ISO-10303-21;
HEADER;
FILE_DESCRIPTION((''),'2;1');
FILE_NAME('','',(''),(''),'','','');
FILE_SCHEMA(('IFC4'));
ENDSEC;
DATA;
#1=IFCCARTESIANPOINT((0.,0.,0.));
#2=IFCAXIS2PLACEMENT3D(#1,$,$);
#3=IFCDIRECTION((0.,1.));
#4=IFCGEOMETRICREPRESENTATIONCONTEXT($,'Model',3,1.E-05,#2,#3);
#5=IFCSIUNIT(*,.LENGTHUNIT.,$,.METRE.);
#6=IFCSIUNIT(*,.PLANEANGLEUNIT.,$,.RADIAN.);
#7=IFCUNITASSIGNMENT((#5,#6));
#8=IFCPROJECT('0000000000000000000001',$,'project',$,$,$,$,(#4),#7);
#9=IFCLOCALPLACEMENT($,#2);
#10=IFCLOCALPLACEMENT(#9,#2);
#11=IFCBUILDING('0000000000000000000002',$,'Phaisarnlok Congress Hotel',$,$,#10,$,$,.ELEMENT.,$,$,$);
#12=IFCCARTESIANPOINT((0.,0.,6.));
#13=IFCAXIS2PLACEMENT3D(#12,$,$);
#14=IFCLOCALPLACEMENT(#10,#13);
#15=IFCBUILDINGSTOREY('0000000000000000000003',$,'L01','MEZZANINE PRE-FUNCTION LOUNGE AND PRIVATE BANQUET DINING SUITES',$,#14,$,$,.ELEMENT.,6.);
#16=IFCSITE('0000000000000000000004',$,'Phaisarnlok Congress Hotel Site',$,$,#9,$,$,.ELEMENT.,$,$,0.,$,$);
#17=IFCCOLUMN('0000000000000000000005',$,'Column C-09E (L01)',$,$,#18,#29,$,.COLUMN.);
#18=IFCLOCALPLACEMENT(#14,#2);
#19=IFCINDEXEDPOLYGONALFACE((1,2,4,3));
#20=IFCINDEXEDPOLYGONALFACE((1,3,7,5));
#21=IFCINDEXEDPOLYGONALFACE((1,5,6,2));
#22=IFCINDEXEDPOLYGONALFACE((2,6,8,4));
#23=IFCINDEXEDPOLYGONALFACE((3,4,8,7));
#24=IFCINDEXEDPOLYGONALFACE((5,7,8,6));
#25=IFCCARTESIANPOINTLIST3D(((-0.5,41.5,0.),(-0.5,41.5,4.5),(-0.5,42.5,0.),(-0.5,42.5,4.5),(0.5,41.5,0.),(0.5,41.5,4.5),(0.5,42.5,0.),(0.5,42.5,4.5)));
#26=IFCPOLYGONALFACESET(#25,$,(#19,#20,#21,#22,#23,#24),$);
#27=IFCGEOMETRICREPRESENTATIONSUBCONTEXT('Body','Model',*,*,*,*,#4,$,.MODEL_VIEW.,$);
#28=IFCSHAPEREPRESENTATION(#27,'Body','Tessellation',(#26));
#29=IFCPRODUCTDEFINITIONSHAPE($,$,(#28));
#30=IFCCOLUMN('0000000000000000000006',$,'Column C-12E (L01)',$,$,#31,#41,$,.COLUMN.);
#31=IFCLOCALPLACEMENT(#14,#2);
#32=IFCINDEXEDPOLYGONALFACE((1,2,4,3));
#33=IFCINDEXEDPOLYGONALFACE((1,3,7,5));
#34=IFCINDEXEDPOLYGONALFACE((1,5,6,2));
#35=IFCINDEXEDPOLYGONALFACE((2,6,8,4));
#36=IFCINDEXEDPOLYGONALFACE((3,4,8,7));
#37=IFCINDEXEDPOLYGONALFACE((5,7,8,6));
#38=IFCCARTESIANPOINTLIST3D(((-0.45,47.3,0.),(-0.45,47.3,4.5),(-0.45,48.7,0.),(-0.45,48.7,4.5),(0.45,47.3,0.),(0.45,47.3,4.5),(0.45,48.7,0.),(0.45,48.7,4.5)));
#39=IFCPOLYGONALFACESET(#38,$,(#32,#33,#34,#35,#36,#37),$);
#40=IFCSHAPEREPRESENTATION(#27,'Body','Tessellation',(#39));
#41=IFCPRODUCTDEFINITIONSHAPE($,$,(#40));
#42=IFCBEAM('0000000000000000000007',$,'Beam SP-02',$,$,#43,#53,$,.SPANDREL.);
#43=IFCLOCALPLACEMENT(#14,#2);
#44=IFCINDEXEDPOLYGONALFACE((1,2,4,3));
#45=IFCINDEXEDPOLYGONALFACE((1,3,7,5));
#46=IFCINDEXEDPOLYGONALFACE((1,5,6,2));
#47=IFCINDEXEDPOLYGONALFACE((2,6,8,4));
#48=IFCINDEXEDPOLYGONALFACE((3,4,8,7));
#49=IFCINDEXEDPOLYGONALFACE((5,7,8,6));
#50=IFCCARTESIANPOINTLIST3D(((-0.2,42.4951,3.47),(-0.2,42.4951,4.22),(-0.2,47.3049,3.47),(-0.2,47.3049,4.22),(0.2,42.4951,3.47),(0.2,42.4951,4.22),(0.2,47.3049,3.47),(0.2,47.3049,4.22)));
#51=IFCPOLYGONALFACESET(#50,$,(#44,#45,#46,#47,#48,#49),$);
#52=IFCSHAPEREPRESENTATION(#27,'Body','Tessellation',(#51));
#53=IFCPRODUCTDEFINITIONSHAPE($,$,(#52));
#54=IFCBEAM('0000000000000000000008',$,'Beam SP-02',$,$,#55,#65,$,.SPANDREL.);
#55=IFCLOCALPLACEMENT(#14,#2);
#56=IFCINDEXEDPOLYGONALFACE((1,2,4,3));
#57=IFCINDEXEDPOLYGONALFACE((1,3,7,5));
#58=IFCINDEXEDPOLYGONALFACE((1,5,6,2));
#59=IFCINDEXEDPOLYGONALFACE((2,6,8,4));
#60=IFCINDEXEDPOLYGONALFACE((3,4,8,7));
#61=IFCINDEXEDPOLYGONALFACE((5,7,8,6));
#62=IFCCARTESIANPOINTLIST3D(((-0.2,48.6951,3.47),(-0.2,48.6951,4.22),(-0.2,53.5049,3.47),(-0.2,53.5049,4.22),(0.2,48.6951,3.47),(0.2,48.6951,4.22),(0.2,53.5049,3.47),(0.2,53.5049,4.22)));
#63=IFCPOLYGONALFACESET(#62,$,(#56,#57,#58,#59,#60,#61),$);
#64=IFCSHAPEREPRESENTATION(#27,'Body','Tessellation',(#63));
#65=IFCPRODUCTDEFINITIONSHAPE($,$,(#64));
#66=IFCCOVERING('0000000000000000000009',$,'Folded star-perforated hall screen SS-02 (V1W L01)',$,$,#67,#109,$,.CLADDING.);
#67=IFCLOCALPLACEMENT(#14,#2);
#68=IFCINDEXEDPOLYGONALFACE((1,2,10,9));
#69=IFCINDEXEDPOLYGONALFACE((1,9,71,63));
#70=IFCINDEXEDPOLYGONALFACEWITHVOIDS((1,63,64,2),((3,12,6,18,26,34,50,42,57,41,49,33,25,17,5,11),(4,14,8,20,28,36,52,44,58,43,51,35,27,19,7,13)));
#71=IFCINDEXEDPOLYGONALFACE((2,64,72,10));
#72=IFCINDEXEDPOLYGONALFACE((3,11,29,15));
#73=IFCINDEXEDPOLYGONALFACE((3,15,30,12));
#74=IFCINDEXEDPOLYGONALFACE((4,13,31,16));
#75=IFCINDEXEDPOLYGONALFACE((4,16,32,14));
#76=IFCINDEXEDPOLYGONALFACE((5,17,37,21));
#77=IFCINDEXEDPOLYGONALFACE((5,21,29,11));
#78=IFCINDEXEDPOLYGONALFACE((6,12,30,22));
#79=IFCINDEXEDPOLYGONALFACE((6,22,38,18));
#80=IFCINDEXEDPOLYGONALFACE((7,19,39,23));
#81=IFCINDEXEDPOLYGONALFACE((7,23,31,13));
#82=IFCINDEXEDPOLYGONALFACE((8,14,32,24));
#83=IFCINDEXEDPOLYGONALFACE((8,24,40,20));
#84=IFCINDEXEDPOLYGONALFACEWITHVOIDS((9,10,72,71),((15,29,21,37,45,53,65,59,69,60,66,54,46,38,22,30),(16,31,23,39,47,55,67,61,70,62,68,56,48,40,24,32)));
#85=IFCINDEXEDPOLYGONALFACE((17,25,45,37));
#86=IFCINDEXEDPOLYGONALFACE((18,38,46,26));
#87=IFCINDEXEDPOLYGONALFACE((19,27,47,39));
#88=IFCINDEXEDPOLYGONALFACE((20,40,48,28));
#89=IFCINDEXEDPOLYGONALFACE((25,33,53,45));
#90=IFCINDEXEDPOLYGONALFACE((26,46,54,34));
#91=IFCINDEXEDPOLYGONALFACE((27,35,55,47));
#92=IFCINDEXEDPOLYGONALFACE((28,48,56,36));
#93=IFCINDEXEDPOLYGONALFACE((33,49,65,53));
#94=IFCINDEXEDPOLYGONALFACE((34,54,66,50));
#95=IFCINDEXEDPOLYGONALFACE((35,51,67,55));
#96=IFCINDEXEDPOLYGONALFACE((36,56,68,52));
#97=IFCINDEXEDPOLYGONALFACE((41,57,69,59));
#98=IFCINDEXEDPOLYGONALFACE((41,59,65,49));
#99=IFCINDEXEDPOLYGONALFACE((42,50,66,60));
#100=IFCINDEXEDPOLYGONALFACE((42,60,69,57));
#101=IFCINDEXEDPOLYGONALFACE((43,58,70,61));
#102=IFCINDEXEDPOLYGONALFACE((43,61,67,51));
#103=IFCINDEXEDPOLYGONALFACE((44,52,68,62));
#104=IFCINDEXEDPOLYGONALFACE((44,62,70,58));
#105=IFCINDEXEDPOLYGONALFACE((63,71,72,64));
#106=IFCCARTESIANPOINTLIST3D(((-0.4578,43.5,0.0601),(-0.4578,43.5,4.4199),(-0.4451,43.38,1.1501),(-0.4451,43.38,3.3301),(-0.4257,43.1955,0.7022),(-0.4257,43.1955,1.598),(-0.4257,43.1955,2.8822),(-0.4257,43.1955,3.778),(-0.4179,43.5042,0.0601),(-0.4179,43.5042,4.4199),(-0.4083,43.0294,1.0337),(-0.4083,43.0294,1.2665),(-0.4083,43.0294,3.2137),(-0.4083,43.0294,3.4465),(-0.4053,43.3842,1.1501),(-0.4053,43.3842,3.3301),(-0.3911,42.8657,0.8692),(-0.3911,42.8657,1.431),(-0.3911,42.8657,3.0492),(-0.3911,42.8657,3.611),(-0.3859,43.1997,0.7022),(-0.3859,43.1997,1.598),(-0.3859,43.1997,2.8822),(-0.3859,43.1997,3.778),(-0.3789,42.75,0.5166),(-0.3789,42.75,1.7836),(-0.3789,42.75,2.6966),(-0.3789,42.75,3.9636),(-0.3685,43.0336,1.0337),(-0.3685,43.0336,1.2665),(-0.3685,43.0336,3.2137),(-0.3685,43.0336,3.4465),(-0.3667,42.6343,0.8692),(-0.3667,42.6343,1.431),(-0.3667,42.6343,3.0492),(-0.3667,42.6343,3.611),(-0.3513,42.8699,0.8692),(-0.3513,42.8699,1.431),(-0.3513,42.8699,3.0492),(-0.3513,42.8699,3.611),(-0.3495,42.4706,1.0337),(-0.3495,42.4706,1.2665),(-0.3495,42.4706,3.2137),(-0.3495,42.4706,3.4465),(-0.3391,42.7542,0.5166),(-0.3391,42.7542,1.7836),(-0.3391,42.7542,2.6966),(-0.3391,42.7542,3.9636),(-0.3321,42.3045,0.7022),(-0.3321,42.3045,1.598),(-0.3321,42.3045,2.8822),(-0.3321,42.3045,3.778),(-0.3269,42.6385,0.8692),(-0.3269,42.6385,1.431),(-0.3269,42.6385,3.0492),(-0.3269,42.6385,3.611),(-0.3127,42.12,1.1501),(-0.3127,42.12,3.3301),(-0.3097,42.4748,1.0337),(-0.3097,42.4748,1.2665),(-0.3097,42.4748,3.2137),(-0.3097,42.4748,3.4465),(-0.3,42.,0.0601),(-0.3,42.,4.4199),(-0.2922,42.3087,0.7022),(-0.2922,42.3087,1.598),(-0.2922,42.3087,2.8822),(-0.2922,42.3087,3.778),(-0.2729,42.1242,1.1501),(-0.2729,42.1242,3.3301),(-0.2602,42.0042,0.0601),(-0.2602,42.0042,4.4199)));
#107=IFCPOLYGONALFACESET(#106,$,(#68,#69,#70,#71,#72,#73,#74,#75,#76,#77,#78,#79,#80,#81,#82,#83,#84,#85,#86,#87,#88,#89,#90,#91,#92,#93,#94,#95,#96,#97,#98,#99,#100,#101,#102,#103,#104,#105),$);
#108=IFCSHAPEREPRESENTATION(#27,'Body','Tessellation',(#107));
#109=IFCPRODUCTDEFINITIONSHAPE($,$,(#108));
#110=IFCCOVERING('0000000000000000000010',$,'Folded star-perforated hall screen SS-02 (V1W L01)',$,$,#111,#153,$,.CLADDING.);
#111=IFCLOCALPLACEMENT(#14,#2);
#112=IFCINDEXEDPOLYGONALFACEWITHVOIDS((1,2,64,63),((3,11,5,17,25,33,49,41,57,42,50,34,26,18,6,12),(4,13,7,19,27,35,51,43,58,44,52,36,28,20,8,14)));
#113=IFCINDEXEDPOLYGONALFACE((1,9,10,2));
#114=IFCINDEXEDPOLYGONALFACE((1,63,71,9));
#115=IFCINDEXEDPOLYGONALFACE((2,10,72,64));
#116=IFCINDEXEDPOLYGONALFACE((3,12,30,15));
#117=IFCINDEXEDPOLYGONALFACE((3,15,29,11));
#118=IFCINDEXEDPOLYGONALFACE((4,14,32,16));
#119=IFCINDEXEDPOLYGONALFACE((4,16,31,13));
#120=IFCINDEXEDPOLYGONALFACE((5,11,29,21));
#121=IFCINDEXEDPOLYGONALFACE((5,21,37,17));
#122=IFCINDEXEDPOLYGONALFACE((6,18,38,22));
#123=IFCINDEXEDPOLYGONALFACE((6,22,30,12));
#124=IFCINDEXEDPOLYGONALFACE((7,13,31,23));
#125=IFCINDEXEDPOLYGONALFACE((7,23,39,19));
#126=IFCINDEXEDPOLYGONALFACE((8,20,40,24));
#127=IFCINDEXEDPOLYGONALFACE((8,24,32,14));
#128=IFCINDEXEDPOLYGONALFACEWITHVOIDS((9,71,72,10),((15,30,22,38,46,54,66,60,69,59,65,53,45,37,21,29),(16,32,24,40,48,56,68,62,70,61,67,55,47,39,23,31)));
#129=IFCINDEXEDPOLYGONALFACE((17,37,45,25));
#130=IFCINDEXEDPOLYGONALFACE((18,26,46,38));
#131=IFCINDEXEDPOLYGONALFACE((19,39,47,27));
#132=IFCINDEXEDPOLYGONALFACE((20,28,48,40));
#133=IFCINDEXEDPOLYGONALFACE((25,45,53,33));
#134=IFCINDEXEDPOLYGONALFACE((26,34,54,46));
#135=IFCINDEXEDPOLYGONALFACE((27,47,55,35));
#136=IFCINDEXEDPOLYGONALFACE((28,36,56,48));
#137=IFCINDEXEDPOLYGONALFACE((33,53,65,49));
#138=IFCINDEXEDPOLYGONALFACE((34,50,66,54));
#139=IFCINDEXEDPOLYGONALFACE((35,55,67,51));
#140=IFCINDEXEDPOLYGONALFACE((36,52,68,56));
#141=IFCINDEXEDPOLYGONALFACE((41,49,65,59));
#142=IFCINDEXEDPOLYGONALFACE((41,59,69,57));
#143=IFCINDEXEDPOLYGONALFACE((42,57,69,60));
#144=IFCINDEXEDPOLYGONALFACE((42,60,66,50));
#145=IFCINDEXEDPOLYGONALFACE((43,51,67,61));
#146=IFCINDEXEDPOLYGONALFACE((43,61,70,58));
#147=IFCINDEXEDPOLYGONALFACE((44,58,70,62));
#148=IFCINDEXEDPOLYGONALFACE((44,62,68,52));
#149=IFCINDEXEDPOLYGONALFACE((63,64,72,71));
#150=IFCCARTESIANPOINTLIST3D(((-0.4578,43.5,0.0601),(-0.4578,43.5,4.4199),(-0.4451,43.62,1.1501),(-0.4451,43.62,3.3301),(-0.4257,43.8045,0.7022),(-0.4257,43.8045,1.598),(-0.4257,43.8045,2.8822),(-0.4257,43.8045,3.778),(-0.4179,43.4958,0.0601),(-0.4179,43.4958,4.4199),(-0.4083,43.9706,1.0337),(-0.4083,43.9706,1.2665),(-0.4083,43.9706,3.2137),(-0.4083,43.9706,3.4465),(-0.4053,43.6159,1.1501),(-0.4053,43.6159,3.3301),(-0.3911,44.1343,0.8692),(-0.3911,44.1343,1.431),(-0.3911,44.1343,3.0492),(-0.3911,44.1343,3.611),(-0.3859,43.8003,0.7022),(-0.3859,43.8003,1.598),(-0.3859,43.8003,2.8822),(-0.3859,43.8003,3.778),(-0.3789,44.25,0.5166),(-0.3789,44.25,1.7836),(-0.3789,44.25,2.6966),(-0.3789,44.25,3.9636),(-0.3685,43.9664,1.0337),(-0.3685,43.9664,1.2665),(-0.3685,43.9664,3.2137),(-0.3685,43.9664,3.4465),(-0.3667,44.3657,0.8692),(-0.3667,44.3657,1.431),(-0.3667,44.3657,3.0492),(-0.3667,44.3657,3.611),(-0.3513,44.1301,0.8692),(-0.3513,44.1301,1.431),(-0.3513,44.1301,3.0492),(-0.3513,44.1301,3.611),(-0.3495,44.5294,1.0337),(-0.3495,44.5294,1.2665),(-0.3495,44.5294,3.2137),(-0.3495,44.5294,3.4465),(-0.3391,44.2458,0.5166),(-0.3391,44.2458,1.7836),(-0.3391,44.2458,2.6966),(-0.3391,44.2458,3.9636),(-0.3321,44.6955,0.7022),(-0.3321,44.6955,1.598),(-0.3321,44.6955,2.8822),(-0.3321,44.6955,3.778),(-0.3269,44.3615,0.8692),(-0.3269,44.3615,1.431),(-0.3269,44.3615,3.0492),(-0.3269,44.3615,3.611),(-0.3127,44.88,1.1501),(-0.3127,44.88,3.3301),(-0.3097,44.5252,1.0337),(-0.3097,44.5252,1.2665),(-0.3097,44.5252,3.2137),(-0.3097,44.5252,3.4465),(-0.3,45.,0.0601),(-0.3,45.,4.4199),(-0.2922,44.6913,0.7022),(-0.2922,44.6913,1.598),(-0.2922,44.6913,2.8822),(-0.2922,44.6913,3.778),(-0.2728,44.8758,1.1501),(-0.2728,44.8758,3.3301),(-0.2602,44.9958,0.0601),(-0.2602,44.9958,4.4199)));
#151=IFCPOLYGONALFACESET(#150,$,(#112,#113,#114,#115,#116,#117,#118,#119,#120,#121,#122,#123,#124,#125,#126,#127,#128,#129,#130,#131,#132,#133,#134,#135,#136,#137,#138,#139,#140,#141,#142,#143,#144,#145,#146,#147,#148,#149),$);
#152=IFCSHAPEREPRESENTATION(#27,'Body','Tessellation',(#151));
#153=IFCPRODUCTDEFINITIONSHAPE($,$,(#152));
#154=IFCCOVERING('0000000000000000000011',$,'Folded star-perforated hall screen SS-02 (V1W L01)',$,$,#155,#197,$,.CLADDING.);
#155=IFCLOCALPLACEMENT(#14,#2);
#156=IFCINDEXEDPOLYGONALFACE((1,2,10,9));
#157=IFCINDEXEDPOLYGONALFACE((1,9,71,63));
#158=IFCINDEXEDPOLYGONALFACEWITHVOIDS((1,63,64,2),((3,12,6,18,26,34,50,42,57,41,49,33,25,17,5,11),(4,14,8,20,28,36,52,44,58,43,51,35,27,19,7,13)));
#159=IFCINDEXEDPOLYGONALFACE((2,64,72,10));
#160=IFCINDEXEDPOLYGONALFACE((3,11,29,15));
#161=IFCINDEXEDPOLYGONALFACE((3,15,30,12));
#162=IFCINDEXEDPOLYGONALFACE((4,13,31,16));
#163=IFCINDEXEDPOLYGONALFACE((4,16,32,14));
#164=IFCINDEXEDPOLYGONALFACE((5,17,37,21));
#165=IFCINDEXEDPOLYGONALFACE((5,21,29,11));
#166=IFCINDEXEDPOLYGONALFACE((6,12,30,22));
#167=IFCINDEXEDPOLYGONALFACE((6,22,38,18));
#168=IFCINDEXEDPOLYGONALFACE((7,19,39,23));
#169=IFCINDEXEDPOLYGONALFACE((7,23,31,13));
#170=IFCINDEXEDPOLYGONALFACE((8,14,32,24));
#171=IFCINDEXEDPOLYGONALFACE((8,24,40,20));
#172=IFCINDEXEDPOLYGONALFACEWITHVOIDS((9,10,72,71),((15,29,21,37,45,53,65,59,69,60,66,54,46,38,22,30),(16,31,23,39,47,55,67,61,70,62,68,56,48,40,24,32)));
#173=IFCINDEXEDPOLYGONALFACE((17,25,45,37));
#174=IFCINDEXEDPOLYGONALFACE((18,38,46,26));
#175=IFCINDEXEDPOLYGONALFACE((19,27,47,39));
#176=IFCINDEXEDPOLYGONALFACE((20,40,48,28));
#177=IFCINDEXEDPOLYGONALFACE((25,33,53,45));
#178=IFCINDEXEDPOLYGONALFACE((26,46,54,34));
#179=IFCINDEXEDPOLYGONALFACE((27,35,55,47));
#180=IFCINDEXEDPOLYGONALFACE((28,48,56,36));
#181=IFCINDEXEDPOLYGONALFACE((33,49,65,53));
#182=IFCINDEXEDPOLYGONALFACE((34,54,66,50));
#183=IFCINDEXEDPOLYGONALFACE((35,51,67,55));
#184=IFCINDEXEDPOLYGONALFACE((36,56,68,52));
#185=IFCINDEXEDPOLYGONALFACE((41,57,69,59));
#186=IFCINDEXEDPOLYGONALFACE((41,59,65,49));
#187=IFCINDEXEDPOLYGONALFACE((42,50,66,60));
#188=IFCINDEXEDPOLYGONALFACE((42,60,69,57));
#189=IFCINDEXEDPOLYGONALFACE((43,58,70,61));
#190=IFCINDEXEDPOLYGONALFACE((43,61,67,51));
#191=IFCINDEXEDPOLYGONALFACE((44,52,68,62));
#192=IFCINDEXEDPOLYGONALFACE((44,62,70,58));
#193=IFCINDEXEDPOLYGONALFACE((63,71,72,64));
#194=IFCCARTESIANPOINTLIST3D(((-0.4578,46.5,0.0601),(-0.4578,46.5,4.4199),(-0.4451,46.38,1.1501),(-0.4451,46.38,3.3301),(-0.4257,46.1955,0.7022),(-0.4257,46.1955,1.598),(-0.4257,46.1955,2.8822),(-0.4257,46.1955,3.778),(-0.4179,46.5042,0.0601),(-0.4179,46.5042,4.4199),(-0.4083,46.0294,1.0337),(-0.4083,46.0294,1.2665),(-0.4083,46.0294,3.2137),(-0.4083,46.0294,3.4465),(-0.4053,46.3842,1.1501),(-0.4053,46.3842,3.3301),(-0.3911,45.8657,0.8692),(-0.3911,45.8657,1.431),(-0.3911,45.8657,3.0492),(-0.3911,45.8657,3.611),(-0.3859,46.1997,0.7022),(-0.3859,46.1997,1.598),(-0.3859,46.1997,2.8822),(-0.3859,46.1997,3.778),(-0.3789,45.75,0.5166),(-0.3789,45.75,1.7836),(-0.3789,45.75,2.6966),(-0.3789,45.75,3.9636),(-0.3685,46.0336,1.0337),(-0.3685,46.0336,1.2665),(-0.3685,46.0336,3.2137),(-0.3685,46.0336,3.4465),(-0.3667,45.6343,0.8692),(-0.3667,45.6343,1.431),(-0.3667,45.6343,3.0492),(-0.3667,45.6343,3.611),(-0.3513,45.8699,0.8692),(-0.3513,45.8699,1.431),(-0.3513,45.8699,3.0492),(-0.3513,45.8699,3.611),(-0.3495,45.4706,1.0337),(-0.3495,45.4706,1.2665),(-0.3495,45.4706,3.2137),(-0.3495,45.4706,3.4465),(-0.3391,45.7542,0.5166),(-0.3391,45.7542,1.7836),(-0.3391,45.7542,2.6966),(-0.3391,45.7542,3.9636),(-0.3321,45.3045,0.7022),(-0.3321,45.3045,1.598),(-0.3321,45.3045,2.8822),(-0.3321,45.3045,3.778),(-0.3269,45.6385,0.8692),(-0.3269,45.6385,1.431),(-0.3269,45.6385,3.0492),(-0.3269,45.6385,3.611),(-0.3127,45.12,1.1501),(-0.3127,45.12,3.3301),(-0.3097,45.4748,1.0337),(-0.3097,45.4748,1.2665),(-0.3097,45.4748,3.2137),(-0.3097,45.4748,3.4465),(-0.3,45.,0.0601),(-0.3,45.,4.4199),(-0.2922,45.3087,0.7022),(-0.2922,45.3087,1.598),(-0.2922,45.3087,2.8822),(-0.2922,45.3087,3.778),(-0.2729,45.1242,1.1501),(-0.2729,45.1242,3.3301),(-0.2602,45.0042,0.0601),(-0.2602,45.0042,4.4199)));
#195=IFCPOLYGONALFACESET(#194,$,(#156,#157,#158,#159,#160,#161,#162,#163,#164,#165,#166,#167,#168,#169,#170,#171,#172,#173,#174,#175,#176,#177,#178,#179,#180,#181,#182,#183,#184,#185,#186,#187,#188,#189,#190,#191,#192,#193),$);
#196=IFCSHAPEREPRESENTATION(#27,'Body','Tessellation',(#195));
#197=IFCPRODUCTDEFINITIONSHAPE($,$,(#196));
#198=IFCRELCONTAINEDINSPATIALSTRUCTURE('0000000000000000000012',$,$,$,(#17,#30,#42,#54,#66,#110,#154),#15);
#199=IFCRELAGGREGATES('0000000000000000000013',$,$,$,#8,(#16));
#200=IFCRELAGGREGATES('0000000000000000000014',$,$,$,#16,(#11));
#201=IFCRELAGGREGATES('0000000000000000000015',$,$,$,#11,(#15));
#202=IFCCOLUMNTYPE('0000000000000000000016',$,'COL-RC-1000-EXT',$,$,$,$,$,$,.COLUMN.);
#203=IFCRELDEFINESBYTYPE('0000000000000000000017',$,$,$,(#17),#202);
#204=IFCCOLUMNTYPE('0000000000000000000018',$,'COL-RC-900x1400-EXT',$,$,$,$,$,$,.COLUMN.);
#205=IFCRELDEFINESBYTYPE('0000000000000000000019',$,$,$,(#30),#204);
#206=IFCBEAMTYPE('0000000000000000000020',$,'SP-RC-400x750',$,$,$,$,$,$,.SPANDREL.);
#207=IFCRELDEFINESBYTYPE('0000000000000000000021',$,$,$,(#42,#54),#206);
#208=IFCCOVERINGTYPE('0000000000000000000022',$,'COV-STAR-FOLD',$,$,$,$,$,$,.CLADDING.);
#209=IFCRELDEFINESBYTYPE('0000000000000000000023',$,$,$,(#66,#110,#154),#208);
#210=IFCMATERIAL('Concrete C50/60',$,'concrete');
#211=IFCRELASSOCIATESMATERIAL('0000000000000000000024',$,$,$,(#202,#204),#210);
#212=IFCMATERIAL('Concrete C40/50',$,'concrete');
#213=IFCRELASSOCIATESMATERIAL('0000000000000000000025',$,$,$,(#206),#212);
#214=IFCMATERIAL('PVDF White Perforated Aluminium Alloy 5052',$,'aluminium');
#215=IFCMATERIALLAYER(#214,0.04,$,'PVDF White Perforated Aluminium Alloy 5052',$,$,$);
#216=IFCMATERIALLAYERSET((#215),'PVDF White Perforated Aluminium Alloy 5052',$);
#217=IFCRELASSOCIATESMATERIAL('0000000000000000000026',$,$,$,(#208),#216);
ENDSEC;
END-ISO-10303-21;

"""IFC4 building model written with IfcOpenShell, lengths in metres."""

from ifc_helpers import new_model, si_unit, direction, frame, origin, origin_2d, place, context, subcontext, project, spatial, polyline, rectangle, outline, extrude, material, layer, layer_set, material_profile, profile_set, type_object, element, save


model = new_model("IFC4")

# Units and contexts
model_context = context("Model", 3, precision=1e-05, world=origin(), true_north=direction((0.0, 1.0)))
body_context = subcontext(model_context, "Body", "Model", "MODEL_VIEW")
ifc_project = project(units=[si_unit("LENGTHUNIT", "METRE"), si_unit("PLANEANGLEUNIT", "RADIAN")], contexts=[model_context])

# Site, building, storey
site_placement = place(None, origin())
site = spatial("IfcSite", under=ifc_project, at=site_placement, Name="Phaisarnlok Congress Hotel Site", CompositionType="ELEMENT", RefElevation=0.0)
building_placement = place(site_placement, origin())
building = spatial("IfcBuilding", under=site, at=building_placement, Name="Phaisarnlok Congress Hotel", CompositionType="ELEMENT")
storey_placement = place(building_placement, frame((0.0, 0.0, 6.0)))
storey = spatial("IfcBuildingStorey", under=building, at=storey_placement, Name="L01", Description="MEZZANINE PRE-FUNCTION LOUNGE AND PRIVATE BANQUET DINING SUITES", CompositionType="ELEMENT", Elevation=6.0)

# Columns
ifc_material_1 = material(Name="Concrete C50/60", Category="concrete")
ifc_material_profile_1 = material_profile(ifc_material_1, rectangle(XDim=1.0, YDim=1.0, at=origin_2d()), Name="RC 1000x1000")
ifc_profile_set_1 = profile_set([ifc_material_profile_1], Name="Concrete C50/60")
column_type_1 = type_object("IfcColumnType", Name="COL-RC-1000-EXT", PredefinedType="COLUMN", material=ifc_profile_set_1)
column_1_placement = place(storey_placement, frame((0.0, 42.0, 0.0), z_axis=(0.0, 0.0, 1.0), x_axis=(1.0, 0.0, 0.0)))
element("IfcColumn", 1, at=column_1_placement, inside=storey, type_object=column_type_1, Name="Column C-09E (L01)", PredefinedType="COLUMN", context=body_context, shape_type="SweptSolid", body=[
    extrude(rectangle(XDim=1.0, YDim=1.0, at=origin_2d()), origin(), (0.0, 0.0, 1.0), 4.5),
])
ifc_material_profile_2 = material_profile(ifc_material_1, rectangle(XDim=0.8999, YDim=1.3999, at=origin_2d()), Name="RC 900x1400")
ifc_profile_set_2 = profile_set([ifc_material_profile_2], Name="Concrete C50/60")
column_type_2 = type_object("IfcColumnType", Name="COL-RC-900x1400-EXT", PredefinedType="COLUMN", material=ifc_profile_set_2)
column_2_placement = place(storey_placement, frame((0.0, 48.0, 0.0), z_axis=(0.0, 0.0, 1.0), x_axis=(1.0, 0.0, 0.0)))
element("IfcColumn", 2, at=column_2_placement, inside=storey, type_object=column_type_2, Name="Column C-12E (L01)", PredefinedType="COLUMN", context=body_context, shape_type="SweptSolid", body=[
    extrude(rectangle(XDim=0.8999, YDim=1.3999, at=origin_2d()), origin(), (0.0, 0.0, 1.0), 4.5),
])

# Beams
ifc_material_2 = material(Name="Concrete C40/50", Category="concrete")
ifc_material_profile_3 = material_profile(ifc_material_2, rectangle(XDim=0.3999, YDim=0.75, at=origin_2d()), Name="RC 400x750")
ifc_profile_set_3 = profile_set([ifc_material_profile_3], Name="Concrete C40/50")
beam_type = type_object("IfcBeamType", Name="SP-RC-400x750", PredefinedType="SPANDREL", material=ifc_profile_set_3)
for number, where, z_axis, x_axis, name in (
    (3, (0.0, 42.4951, 3.845), (0.0, 1.0, 0.0), (-1.0, 0.0, 0.0), "Beam SP-02"),
    (4, (0.0, 48.6951, 3.845), (0.0, 1.0, 0.0), (-1.0, 0.0, 0.0), "Beam SP-02"),
):
    element("IfcBeam", number, at=place(storey_placement, frame(where, z_axis=z_axis, x_axis=x_axis)), inside=storey, type_object=beam_type, Name=name, PredefinedType="SPANDREL", context=body_context, shape_type="SweptSolid", body=[
        extrude(rectangle(XDim=0.3999, YDim=0.75, at=origin_2d()), origin(), (0.0, 0.0, 1.0), 4.8098),
    ])

# Coverings
ifc_material_3 = material(Name="PVDF White Perforated Aluminium Alloy 5052", Category="aluminium")
ifc_layer = layer(ifc_material_3, 0.04, Name="PVDF White Perforated Aluminium Alloy 5052")
ifc_layer_set = layer_set([ifc_layer], Name="PVDF White Perforated Aluminium Alloy 5052")
covering_type = type_object("IfcCoveringType", Name="COV-STAR-FOLD", PredefinedType="CLADDING", material=ifc_layer_set)
for number, where, z_axis, x_axis, name in (
    (5, (-0.3, 42.0, 0.0601), (0.994518, 0.104567, 0.0), (-0.104567, 0.994518, 0.0), "Folded star-perforated hall screen SS-02 (V1W L01)"),
    (6, (-0.4578, 43.5, 0.0601), (0.994518, -0.104567, 0.0), (0.104567, 0.994518, 0.0), "Folded star-perforated hall screen SS-02 (V1W L01)"),
    (7, (-0.3, 45.0, 0.0601), (0.994518, 0.104567, 0.0), (-0.104567, 0.994518, 0.0), "Folded star-perforated hall screen SS-02 (V1W L01)"),
):
    element("IfcCovering", number, at=place(storey_placement, frame(where, z_axis=z_axis, x_axis=x_axis)), inside=storey, type_object=covering_type, Name=name, PredefinedType="CLADDING", context=body_context, shape_type="SweptSolid", body=[
        extrude(outline(polyline([(0.0, 0.0), (1.5083, 0.0), (1.5083, 4.3599), (0.0, 4.3599), (0.0, 0.0)]), holes=[polyline([(1.0351, 0.9736), (1.2021, 0.6421), (0.8705, 0.8091), (0.7541, 0.4565), (0.6378, 0.8091), (0.3062, 0.6421), (0.4732, 0.9736), (0.1207, 1.09), (0.4732, 1.2064), (0.3062, 1.5379), (0.6378, 1.3709), (0.7541, 1.7235), (0.8705, 1.3709), (1.2021, 1.5379), (1.0351, 1.2064), (1.3876, 1.09), (1.0351, 0.9736)]), polyline([(1.0351, 3.1536), (1.2021, 2.8221), (0.8705, 2.9891), (0.7541, 2.6365), (0.6378, 2.9891), (0.3062, 2.8221), (0.4732, 3.1536), (0.1207, 3.27), (0.4732, 3.3864), (0.3062, 3.7179), (0.6378, 3.5509), (0.7541, 3.9035), (0.8705, 3.5509), (1.2021, 3.7179), (1.0351, 3.3864), (1.3876, 3.27), (1.0351, 3.1536)])]), origin(), (0.0, 0.0, 1.0), 0.04),
    ])

save(model, "model.ifc")
